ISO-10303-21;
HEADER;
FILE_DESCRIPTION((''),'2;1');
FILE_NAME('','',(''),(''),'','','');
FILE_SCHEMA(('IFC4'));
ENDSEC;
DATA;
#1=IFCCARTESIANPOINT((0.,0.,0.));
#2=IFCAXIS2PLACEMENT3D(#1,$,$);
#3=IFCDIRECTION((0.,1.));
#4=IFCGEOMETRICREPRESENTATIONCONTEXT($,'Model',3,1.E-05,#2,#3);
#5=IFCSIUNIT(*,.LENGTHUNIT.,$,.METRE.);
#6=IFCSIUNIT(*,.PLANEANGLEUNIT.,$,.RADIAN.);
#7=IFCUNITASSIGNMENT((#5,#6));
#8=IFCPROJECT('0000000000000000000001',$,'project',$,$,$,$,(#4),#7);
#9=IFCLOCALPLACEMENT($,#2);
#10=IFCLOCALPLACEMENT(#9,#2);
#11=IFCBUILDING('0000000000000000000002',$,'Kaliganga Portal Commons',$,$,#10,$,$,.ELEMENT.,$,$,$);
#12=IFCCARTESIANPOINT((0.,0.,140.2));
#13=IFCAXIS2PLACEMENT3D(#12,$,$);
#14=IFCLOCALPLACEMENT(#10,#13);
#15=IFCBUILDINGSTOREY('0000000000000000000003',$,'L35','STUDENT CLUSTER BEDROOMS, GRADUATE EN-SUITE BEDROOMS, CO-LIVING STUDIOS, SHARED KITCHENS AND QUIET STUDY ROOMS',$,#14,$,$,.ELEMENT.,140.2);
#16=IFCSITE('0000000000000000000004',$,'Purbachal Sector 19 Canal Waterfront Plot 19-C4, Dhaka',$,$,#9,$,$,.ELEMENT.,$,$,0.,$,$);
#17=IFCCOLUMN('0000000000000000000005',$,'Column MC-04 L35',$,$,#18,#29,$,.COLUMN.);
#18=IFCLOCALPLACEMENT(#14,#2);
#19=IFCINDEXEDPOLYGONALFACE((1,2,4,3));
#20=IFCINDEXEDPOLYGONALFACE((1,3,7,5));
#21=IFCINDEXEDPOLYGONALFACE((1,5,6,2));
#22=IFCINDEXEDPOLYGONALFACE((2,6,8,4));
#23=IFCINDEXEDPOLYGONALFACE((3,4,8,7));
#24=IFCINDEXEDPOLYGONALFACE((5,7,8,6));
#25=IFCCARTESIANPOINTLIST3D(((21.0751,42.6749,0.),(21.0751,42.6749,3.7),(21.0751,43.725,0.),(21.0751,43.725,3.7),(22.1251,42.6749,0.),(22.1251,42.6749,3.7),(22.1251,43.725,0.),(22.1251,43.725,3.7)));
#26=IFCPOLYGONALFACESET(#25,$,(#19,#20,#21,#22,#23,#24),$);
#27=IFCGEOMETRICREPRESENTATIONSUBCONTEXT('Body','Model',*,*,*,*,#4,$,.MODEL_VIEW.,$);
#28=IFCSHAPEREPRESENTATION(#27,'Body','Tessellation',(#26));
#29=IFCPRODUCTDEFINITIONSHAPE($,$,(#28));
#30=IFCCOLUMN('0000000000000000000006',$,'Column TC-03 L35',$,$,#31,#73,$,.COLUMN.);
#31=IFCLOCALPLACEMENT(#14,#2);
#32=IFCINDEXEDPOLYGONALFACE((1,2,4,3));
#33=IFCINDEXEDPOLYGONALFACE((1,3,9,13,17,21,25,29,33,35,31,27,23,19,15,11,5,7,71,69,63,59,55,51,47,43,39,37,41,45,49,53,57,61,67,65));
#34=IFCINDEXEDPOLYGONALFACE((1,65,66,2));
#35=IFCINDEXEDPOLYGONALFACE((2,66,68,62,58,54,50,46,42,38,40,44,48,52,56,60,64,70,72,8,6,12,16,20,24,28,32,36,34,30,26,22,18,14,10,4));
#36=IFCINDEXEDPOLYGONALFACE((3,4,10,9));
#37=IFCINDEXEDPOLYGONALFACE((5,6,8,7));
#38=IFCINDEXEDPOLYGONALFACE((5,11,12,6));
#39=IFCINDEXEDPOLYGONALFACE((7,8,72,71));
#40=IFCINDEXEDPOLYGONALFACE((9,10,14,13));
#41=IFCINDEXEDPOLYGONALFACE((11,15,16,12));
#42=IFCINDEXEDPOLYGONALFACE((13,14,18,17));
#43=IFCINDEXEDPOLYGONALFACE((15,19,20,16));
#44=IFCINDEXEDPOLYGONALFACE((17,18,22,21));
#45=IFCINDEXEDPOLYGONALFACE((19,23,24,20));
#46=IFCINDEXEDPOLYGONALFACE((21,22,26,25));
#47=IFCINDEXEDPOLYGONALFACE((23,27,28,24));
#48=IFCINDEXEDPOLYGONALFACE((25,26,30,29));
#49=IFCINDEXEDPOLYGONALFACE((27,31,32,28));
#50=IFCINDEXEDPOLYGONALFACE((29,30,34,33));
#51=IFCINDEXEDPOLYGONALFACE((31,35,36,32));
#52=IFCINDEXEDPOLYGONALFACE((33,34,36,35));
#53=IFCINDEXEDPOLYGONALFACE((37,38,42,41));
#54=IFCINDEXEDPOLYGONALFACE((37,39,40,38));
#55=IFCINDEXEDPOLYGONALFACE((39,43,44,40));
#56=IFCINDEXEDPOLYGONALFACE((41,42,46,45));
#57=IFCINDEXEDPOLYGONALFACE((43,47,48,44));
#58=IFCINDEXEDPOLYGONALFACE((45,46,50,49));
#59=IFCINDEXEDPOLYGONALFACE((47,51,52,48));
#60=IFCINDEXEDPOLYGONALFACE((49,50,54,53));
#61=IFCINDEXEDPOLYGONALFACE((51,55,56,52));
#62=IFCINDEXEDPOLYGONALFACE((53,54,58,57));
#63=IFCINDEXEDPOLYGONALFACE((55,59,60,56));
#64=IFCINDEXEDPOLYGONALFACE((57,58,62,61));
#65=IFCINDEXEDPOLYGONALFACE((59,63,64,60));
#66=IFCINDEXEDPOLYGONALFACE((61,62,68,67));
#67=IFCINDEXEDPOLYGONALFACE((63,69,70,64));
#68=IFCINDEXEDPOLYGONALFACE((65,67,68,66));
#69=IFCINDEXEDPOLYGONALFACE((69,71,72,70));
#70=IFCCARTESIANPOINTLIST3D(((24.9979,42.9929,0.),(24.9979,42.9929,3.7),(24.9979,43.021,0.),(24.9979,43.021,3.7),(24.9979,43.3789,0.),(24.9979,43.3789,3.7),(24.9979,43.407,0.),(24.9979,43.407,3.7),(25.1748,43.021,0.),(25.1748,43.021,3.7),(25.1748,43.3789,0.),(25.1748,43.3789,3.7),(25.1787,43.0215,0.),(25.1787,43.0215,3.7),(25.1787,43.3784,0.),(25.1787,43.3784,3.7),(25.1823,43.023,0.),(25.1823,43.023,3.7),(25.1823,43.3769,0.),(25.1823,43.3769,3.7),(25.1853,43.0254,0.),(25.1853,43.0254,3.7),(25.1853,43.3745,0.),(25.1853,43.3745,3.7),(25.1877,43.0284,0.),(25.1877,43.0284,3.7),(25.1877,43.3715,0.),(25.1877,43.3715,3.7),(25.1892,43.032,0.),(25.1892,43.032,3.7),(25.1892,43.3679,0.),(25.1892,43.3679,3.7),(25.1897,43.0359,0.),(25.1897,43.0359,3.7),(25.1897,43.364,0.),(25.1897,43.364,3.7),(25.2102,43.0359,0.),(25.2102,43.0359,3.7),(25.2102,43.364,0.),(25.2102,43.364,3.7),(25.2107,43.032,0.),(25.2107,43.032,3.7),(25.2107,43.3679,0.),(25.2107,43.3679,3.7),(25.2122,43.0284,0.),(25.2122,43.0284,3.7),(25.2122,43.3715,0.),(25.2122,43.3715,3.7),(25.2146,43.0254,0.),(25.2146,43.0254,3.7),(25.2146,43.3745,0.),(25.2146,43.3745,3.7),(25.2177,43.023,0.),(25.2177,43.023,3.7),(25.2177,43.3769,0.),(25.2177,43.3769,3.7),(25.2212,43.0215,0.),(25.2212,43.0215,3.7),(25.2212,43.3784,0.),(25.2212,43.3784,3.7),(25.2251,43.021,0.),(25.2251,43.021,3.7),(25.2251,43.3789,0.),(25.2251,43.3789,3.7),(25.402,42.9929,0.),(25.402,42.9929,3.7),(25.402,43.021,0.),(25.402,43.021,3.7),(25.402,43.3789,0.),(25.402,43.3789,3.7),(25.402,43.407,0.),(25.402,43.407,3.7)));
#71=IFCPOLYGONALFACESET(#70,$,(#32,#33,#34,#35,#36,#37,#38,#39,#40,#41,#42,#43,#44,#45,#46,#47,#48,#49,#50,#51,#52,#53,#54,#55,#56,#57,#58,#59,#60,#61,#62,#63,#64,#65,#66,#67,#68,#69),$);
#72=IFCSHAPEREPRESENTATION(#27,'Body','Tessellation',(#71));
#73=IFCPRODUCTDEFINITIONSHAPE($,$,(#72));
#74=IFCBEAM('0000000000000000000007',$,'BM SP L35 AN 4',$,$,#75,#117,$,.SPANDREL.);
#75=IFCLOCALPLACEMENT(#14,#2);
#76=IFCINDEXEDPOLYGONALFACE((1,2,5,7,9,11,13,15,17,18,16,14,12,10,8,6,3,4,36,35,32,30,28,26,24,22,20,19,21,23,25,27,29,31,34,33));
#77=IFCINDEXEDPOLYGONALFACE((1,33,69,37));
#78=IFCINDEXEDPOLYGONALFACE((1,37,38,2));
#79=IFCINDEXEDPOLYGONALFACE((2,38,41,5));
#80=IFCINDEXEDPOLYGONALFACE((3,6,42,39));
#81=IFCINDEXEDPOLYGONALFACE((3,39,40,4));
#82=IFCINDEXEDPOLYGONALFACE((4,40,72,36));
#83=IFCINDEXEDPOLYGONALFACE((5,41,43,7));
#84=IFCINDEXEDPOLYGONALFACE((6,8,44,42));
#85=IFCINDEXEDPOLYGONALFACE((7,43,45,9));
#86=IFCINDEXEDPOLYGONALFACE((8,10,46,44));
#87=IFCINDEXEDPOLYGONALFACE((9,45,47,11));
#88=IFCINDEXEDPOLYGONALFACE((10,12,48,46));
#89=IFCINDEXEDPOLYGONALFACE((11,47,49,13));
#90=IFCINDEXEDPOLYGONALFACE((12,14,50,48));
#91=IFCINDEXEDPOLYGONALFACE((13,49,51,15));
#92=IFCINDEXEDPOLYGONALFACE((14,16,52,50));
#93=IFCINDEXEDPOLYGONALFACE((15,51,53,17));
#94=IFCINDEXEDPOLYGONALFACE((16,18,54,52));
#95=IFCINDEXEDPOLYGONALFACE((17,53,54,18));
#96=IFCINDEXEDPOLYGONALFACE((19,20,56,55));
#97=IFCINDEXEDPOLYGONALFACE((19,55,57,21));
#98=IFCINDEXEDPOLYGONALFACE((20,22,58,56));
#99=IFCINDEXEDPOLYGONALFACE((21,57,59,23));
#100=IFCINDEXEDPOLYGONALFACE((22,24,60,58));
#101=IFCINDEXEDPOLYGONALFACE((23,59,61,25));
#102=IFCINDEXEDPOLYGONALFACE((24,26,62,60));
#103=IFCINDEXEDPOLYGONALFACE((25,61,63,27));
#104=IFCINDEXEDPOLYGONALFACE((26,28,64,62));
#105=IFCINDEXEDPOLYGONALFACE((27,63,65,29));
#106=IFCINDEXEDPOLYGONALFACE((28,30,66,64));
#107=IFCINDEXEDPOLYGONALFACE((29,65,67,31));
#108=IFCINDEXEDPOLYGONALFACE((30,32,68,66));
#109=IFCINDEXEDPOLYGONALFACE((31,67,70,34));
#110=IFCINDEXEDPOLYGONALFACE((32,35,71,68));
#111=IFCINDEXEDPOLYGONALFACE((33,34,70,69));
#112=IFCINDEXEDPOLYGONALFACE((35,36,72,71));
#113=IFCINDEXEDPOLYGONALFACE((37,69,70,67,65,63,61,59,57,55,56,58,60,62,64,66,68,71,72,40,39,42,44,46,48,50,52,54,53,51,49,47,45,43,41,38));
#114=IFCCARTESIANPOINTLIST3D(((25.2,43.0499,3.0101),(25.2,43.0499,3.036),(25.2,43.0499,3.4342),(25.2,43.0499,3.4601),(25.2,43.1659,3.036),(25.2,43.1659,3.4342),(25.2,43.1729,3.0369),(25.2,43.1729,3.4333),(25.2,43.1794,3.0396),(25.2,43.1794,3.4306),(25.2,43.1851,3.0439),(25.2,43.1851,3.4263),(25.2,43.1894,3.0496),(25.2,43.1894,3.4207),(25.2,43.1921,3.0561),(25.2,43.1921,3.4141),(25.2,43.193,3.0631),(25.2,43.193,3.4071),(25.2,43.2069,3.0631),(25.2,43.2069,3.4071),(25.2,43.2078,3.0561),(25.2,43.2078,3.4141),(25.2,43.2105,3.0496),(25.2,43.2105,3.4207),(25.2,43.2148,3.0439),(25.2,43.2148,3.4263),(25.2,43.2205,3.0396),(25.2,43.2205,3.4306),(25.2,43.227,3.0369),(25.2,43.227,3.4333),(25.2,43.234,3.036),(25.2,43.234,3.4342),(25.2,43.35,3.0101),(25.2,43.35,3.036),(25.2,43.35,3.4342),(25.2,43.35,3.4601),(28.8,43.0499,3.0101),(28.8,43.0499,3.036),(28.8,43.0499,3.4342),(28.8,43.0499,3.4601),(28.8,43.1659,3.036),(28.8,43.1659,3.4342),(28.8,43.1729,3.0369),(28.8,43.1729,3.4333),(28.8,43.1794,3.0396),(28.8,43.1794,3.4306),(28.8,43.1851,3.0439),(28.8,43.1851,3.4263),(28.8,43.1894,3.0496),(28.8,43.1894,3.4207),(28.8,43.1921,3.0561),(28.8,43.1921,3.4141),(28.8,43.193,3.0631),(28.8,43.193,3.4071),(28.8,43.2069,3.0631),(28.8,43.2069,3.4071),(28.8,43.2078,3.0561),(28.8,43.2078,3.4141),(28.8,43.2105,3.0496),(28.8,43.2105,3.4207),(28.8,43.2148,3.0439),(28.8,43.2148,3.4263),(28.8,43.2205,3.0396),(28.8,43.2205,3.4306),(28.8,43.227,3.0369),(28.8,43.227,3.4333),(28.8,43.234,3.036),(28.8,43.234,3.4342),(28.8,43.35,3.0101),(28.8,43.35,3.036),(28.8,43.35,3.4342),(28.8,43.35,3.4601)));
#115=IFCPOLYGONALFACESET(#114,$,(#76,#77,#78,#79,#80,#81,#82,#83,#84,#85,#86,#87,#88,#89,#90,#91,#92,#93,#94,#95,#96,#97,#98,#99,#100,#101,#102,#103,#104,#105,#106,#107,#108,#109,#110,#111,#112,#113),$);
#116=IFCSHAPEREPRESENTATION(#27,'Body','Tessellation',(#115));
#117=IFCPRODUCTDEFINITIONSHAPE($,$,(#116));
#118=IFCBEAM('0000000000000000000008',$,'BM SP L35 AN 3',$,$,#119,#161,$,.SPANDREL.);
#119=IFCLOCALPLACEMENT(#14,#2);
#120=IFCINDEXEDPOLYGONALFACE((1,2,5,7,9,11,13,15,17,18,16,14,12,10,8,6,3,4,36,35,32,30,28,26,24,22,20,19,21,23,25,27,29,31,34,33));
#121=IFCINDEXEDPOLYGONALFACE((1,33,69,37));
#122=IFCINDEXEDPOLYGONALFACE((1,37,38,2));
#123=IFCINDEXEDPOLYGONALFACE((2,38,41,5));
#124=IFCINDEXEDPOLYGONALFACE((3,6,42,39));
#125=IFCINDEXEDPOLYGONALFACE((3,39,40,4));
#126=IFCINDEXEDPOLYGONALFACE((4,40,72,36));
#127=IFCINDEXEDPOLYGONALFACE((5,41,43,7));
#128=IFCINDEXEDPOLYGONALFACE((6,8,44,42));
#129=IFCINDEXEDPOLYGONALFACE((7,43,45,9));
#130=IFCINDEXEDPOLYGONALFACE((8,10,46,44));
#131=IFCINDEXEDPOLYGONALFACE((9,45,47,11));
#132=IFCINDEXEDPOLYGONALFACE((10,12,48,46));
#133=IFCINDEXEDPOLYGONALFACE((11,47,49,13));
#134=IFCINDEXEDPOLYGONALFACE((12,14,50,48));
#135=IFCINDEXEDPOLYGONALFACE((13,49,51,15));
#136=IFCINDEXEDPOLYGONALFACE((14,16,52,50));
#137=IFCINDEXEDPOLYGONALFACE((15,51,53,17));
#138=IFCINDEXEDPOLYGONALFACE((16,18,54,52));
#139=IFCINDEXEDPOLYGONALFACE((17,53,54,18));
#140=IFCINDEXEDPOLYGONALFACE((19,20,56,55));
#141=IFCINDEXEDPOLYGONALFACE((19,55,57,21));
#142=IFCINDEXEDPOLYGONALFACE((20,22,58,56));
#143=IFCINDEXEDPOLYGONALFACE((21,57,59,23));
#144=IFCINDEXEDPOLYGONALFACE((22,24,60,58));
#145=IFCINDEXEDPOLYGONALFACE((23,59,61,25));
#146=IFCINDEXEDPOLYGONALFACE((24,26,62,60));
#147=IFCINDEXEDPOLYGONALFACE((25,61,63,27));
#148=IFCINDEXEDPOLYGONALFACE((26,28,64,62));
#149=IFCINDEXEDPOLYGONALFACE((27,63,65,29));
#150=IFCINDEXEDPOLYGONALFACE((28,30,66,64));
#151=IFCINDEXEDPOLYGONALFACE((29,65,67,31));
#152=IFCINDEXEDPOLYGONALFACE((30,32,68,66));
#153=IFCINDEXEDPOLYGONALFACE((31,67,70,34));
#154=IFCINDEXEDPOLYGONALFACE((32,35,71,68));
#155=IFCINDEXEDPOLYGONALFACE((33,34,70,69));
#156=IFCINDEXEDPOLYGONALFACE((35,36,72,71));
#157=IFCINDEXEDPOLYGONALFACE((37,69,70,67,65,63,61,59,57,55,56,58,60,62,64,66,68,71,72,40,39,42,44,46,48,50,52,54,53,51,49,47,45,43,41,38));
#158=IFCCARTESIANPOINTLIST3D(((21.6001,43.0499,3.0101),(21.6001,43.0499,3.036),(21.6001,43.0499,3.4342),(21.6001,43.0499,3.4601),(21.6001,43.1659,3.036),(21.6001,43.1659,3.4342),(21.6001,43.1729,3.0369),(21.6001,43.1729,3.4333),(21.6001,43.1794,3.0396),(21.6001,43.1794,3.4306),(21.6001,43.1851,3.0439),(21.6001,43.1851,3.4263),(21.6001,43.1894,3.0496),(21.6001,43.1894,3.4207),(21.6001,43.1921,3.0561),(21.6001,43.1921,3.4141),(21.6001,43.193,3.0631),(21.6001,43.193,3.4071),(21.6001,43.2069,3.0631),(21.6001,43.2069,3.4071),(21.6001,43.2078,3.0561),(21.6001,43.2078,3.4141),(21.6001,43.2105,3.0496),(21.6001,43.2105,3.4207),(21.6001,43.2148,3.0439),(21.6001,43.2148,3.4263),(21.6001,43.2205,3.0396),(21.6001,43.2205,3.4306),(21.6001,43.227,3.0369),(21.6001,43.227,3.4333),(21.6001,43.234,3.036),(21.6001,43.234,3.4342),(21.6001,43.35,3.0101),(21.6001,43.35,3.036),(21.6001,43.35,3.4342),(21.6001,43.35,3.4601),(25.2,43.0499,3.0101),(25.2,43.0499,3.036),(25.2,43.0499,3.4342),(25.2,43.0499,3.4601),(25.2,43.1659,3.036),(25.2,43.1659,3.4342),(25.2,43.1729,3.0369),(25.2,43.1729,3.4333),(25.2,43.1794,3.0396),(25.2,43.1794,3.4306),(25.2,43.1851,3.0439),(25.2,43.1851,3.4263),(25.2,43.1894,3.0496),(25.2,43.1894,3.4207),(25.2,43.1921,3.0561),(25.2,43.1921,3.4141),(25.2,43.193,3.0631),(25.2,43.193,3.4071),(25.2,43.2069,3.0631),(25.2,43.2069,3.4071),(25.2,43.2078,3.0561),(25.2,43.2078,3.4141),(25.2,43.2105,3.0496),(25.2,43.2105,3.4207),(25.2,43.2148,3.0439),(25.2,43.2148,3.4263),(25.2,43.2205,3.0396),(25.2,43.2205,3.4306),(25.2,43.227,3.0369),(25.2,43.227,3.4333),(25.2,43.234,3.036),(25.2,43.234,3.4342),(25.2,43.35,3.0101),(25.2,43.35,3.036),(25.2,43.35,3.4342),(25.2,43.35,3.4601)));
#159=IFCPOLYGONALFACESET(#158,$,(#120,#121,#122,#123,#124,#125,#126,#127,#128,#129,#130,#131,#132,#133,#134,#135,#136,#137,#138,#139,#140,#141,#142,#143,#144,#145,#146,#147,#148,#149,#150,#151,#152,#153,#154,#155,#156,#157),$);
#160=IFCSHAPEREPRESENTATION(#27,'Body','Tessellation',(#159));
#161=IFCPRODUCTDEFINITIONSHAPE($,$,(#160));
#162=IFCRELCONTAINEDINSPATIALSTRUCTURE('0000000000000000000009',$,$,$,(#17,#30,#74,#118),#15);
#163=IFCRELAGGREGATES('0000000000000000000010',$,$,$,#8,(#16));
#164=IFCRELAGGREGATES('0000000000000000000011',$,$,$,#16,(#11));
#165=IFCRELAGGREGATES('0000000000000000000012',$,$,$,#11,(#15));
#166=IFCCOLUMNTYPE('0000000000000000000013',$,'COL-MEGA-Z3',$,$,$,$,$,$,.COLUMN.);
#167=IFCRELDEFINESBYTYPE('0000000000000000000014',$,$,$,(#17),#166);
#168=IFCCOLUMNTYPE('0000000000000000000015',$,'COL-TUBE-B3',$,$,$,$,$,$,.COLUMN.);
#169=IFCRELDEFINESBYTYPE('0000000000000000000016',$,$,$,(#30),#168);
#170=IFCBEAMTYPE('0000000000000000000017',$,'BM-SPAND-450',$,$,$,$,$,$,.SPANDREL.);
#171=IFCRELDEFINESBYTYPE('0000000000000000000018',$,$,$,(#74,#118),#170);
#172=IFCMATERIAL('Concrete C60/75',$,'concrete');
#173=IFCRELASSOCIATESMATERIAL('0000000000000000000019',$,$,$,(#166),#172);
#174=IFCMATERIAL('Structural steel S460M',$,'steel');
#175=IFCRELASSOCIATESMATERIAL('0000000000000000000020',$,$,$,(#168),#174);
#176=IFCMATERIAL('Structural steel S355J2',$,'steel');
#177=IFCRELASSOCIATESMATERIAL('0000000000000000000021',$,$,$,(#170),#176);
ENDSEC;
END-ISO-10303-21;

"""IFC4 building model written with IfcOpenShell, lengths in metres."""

from ifc_helpers import new_model, si_unit, direction, frame, origin, origin_2d, place, context, subcontext, project, spatial, rectangle, i_section, extrude, source, transform, mapped, material, material_profile, profile_set, type_object, element, save


model = new_model("IFC4")

# Units and contexts
model_context = context("Model", 3, precision=1e-05, world=origin(), true_north=direction((0.0, 1.0)))
body_context = subcontext(model_context, "Body", "Model", "MODEL_VIEW")
ifc_project = project(units=[si_unit("LENGTHUNIT", "METRE"), si_unit("PLANEANGLEUNIT", "RADIAN")], contexts=[model_context])

# Site, building, storey
site_placement = place(None, origin())
site = spatial("IfcSite", under=ifc_project, at=site_placement, Name="Purbachal Sector 19 Canal Waterfront Plot 19-C4, Dhaka", CompositionType="ELEMENT", RefElevation=0.0)
building_placement = place(site_placement, origin())
building = spatial("IfcBuilding", under=site, at=building_placement, Name="Kaliganga Portal Commons", CompositionType="ELEMENT")
storey_placement = place(building_placement, frame((0.0, 0.0, 140.2)))
storey = spatial("IfcBuildingStorey", under=building, at=storey_placement, Name="L35", Description="STUDENT CLUSTER BEDROOMS, GRADUATE EN-SUITE BEDROOMS, CO-LIVING STUDIOS, SHARED KITCHENS AND QUIET STUDY ROOMS", CompositionType="ELEMENT", Elevation=140.2)

# Columns
ifc_material_1 = material(Name="Concrete C60/75", Category="concrete")
ifc_material_profile_1 = material_profile(ifc_material_1, rectangle(XDim=1.05, YDim=1.05, at=origin_2d()), Name="RC 1050x1050")
ifc_profile_set_1 = profile_set([ifc_material_profile_1], Name="Concrete C60/75")
column_type_1 = type_object("IfcColumnType", Name="COL-MEGA-Z3", PredefinedType="COLUMN", material=ifc_profile_set_1)
shared_shape_1 = source(origin(), body_context, "Body", "SweptSolid", [
    extrude(rectangle(XDim=1.05, YDim=1.05, at=origin_2d()), origin(), (0.0, 0.0, 1.0), 3.7),
])
column_1_placement = place(storey_placement, frame((21.6001, 43.2, 0.0), z_axis=(0.0, 0.0, 1.0), x_axis=(1.0, 0.0, 0.0)))
element("IfcColumn", 1, at=column_1_placement, inside=storey, type_object=column_type_1, Name="Column MC-04 L35", PredefinedType="COLUMN", context=body_context, shape_type="MappedRepresentation", body=[
    mapped(shared_shape_1, transform((0.0, 0.0, 0.0), x_axis=(1.0, 0.0, 0.0), y_axis=(0.0, 1.0, 0.0), z_axis=(0.0, 0.0, 1.0), scale=1.0)),
])
ifc_material_2 = material(Name="Structural steel S460M", Category="steel")
ifc_material_profile_2 = material_profile(ifc_material_2, i_section(OverallWidth=0.4041, OverallDepth=0.4141, WebThickness=0.0205, FlangeThickness=0.0281, FilletRadius=0.0149, at=origin_2d()), Name="HD 400x347")
ifc_profile_set_2 = profile_set([ifc_material_profile_2], Name="Structural steel S460M wide-flange")
column_type_2 = type_object("IfcColumnType", Name="COL-TUBE-B3", PredefinedType="COLUMN", material=ifc_profile_set_2)
shared_shape_2 = source(origin(), body_context, "Body", "SweptSolid", [
    extrude(i_section(OverallWidth=0.4041, OverallDepth=0.4141, WebThickness=0.0205, FlangeThickness=0.0281, FilletRadius=0.0149, at=origin_2d()), origin(), (0.0, 0.0, 1.0), 3.7),
])
column_2_placement = place(storey_placement, frame((25.2, 43.2, 0.0), z_axis=(0.0, 0.0, 1.0), x_axis=(1.0, 0.0, 0.0)))
element("IfcColumn", 2, at=column_2_placement, inside=storey, type_object=column_type_2, Name="Column TC-03 L35", PredefinedType="COLUMN", context=body_context, shape_type="MappedRepresentation", body=[
    mapped(shared_shape_2, transform((0.0, 0.0, 0.0), x_axis=(1.0, 0.0, 0.0), y_axis=(0.0, 1.0, 0.0), z_axis=(0.0, 0.0, 1.0), scale=1.0)),
])

# Beams
ifc_material_3 = material(Name="Structural steel S355J2", Category="steel")
ifc_material_profile_3 = material_profile(ifc_material_3, i_section(OverallWidth=0.3, OverallDepth=0.45, WebThickness=0.0139, FlangeThickness=0.0259, FilletRadius=0.0271, at=origin_2d()), Name="HE 450 B")
ifc_profile_set_3 = profile_set([ifc_material_profile_3], Name="Structural steel S355J2 wide-flange")
beam_type_1 = type_object("IfcBeamType", Name="BM-SPAND-450", PredefinedType="SPANDREL", material=ifc_profile_set_3)
shared_shape_3 = source(origin(), body_context, "Body", "SweptSolid", [
    extrude(i_section(OverallWidth=0.3, OverallDepth=0.45, WebThickness=0.0139, FlangeThickness=0.0259, FilletRadius=0.0271, at=origin_2d()), origin(), (0.0, 0.0, 1.0), 3.6001),
])
beam_1_placement = place(storey_placement, frame((25.2, 43.2, 3.2351), z_axis=(1.0, 0.0, 0.0), x_axis=(0.0, 1.0, 0.0)))
element("IfcBeam", 3, at=beam_1_placement, inside=storey, type_object=beam_type_1, Name="BM SP L35 AN 4", PredefinedType="SPANDREL", context=body_context, shape_type="MappedRepresentation", body=[
    mapped(shared_shape_3, transform((0.0, 0.0, 0.0), x_axis=(1.0, 0.0, 0.0), y_axis=(0.0, 1.0, 0.0), z_axis=(0.0, 0.0, 1.0), scale=1.0)),
])
shared_shape_4 = source(origin(), body_context, "Body", "SweptSolid", [
    extrude(i_section(OverallWidth=0.3, OverallDepth=0.45, WebThickness=0.0139, FlangeThickness=0.0259, FilletRadius=0.0271, at=origin_2d()), origin(), (0.0, 0.0, 1.0), 3.5999),
])
beam_2_placement = place(storey_placement, frame((21.6001, 43.2, 3.2351), z_axis=(1.0, 0.0, 0.0), x_axis=(0.0, 1.0, 0.0)))
element("IfcBeam", 4, at=beam_2_placement, inside=storey, type_object=beam_type_1, Name="BM SP L35 AN 3", PredefinedType="SPANDREL", context=body_context, shape_type="MappedRepresentation", body=[
    mapped(shared_shape_4, transform((0.0, 0.0, 0.0), x_axis=(1.0, 0.0, 0.0), y_axis=(0.0, 1.0, 0.0), z_axis=(0.0, 0.0, 1.0), scale=1.0)),
])

save(model, "model.ifc")
